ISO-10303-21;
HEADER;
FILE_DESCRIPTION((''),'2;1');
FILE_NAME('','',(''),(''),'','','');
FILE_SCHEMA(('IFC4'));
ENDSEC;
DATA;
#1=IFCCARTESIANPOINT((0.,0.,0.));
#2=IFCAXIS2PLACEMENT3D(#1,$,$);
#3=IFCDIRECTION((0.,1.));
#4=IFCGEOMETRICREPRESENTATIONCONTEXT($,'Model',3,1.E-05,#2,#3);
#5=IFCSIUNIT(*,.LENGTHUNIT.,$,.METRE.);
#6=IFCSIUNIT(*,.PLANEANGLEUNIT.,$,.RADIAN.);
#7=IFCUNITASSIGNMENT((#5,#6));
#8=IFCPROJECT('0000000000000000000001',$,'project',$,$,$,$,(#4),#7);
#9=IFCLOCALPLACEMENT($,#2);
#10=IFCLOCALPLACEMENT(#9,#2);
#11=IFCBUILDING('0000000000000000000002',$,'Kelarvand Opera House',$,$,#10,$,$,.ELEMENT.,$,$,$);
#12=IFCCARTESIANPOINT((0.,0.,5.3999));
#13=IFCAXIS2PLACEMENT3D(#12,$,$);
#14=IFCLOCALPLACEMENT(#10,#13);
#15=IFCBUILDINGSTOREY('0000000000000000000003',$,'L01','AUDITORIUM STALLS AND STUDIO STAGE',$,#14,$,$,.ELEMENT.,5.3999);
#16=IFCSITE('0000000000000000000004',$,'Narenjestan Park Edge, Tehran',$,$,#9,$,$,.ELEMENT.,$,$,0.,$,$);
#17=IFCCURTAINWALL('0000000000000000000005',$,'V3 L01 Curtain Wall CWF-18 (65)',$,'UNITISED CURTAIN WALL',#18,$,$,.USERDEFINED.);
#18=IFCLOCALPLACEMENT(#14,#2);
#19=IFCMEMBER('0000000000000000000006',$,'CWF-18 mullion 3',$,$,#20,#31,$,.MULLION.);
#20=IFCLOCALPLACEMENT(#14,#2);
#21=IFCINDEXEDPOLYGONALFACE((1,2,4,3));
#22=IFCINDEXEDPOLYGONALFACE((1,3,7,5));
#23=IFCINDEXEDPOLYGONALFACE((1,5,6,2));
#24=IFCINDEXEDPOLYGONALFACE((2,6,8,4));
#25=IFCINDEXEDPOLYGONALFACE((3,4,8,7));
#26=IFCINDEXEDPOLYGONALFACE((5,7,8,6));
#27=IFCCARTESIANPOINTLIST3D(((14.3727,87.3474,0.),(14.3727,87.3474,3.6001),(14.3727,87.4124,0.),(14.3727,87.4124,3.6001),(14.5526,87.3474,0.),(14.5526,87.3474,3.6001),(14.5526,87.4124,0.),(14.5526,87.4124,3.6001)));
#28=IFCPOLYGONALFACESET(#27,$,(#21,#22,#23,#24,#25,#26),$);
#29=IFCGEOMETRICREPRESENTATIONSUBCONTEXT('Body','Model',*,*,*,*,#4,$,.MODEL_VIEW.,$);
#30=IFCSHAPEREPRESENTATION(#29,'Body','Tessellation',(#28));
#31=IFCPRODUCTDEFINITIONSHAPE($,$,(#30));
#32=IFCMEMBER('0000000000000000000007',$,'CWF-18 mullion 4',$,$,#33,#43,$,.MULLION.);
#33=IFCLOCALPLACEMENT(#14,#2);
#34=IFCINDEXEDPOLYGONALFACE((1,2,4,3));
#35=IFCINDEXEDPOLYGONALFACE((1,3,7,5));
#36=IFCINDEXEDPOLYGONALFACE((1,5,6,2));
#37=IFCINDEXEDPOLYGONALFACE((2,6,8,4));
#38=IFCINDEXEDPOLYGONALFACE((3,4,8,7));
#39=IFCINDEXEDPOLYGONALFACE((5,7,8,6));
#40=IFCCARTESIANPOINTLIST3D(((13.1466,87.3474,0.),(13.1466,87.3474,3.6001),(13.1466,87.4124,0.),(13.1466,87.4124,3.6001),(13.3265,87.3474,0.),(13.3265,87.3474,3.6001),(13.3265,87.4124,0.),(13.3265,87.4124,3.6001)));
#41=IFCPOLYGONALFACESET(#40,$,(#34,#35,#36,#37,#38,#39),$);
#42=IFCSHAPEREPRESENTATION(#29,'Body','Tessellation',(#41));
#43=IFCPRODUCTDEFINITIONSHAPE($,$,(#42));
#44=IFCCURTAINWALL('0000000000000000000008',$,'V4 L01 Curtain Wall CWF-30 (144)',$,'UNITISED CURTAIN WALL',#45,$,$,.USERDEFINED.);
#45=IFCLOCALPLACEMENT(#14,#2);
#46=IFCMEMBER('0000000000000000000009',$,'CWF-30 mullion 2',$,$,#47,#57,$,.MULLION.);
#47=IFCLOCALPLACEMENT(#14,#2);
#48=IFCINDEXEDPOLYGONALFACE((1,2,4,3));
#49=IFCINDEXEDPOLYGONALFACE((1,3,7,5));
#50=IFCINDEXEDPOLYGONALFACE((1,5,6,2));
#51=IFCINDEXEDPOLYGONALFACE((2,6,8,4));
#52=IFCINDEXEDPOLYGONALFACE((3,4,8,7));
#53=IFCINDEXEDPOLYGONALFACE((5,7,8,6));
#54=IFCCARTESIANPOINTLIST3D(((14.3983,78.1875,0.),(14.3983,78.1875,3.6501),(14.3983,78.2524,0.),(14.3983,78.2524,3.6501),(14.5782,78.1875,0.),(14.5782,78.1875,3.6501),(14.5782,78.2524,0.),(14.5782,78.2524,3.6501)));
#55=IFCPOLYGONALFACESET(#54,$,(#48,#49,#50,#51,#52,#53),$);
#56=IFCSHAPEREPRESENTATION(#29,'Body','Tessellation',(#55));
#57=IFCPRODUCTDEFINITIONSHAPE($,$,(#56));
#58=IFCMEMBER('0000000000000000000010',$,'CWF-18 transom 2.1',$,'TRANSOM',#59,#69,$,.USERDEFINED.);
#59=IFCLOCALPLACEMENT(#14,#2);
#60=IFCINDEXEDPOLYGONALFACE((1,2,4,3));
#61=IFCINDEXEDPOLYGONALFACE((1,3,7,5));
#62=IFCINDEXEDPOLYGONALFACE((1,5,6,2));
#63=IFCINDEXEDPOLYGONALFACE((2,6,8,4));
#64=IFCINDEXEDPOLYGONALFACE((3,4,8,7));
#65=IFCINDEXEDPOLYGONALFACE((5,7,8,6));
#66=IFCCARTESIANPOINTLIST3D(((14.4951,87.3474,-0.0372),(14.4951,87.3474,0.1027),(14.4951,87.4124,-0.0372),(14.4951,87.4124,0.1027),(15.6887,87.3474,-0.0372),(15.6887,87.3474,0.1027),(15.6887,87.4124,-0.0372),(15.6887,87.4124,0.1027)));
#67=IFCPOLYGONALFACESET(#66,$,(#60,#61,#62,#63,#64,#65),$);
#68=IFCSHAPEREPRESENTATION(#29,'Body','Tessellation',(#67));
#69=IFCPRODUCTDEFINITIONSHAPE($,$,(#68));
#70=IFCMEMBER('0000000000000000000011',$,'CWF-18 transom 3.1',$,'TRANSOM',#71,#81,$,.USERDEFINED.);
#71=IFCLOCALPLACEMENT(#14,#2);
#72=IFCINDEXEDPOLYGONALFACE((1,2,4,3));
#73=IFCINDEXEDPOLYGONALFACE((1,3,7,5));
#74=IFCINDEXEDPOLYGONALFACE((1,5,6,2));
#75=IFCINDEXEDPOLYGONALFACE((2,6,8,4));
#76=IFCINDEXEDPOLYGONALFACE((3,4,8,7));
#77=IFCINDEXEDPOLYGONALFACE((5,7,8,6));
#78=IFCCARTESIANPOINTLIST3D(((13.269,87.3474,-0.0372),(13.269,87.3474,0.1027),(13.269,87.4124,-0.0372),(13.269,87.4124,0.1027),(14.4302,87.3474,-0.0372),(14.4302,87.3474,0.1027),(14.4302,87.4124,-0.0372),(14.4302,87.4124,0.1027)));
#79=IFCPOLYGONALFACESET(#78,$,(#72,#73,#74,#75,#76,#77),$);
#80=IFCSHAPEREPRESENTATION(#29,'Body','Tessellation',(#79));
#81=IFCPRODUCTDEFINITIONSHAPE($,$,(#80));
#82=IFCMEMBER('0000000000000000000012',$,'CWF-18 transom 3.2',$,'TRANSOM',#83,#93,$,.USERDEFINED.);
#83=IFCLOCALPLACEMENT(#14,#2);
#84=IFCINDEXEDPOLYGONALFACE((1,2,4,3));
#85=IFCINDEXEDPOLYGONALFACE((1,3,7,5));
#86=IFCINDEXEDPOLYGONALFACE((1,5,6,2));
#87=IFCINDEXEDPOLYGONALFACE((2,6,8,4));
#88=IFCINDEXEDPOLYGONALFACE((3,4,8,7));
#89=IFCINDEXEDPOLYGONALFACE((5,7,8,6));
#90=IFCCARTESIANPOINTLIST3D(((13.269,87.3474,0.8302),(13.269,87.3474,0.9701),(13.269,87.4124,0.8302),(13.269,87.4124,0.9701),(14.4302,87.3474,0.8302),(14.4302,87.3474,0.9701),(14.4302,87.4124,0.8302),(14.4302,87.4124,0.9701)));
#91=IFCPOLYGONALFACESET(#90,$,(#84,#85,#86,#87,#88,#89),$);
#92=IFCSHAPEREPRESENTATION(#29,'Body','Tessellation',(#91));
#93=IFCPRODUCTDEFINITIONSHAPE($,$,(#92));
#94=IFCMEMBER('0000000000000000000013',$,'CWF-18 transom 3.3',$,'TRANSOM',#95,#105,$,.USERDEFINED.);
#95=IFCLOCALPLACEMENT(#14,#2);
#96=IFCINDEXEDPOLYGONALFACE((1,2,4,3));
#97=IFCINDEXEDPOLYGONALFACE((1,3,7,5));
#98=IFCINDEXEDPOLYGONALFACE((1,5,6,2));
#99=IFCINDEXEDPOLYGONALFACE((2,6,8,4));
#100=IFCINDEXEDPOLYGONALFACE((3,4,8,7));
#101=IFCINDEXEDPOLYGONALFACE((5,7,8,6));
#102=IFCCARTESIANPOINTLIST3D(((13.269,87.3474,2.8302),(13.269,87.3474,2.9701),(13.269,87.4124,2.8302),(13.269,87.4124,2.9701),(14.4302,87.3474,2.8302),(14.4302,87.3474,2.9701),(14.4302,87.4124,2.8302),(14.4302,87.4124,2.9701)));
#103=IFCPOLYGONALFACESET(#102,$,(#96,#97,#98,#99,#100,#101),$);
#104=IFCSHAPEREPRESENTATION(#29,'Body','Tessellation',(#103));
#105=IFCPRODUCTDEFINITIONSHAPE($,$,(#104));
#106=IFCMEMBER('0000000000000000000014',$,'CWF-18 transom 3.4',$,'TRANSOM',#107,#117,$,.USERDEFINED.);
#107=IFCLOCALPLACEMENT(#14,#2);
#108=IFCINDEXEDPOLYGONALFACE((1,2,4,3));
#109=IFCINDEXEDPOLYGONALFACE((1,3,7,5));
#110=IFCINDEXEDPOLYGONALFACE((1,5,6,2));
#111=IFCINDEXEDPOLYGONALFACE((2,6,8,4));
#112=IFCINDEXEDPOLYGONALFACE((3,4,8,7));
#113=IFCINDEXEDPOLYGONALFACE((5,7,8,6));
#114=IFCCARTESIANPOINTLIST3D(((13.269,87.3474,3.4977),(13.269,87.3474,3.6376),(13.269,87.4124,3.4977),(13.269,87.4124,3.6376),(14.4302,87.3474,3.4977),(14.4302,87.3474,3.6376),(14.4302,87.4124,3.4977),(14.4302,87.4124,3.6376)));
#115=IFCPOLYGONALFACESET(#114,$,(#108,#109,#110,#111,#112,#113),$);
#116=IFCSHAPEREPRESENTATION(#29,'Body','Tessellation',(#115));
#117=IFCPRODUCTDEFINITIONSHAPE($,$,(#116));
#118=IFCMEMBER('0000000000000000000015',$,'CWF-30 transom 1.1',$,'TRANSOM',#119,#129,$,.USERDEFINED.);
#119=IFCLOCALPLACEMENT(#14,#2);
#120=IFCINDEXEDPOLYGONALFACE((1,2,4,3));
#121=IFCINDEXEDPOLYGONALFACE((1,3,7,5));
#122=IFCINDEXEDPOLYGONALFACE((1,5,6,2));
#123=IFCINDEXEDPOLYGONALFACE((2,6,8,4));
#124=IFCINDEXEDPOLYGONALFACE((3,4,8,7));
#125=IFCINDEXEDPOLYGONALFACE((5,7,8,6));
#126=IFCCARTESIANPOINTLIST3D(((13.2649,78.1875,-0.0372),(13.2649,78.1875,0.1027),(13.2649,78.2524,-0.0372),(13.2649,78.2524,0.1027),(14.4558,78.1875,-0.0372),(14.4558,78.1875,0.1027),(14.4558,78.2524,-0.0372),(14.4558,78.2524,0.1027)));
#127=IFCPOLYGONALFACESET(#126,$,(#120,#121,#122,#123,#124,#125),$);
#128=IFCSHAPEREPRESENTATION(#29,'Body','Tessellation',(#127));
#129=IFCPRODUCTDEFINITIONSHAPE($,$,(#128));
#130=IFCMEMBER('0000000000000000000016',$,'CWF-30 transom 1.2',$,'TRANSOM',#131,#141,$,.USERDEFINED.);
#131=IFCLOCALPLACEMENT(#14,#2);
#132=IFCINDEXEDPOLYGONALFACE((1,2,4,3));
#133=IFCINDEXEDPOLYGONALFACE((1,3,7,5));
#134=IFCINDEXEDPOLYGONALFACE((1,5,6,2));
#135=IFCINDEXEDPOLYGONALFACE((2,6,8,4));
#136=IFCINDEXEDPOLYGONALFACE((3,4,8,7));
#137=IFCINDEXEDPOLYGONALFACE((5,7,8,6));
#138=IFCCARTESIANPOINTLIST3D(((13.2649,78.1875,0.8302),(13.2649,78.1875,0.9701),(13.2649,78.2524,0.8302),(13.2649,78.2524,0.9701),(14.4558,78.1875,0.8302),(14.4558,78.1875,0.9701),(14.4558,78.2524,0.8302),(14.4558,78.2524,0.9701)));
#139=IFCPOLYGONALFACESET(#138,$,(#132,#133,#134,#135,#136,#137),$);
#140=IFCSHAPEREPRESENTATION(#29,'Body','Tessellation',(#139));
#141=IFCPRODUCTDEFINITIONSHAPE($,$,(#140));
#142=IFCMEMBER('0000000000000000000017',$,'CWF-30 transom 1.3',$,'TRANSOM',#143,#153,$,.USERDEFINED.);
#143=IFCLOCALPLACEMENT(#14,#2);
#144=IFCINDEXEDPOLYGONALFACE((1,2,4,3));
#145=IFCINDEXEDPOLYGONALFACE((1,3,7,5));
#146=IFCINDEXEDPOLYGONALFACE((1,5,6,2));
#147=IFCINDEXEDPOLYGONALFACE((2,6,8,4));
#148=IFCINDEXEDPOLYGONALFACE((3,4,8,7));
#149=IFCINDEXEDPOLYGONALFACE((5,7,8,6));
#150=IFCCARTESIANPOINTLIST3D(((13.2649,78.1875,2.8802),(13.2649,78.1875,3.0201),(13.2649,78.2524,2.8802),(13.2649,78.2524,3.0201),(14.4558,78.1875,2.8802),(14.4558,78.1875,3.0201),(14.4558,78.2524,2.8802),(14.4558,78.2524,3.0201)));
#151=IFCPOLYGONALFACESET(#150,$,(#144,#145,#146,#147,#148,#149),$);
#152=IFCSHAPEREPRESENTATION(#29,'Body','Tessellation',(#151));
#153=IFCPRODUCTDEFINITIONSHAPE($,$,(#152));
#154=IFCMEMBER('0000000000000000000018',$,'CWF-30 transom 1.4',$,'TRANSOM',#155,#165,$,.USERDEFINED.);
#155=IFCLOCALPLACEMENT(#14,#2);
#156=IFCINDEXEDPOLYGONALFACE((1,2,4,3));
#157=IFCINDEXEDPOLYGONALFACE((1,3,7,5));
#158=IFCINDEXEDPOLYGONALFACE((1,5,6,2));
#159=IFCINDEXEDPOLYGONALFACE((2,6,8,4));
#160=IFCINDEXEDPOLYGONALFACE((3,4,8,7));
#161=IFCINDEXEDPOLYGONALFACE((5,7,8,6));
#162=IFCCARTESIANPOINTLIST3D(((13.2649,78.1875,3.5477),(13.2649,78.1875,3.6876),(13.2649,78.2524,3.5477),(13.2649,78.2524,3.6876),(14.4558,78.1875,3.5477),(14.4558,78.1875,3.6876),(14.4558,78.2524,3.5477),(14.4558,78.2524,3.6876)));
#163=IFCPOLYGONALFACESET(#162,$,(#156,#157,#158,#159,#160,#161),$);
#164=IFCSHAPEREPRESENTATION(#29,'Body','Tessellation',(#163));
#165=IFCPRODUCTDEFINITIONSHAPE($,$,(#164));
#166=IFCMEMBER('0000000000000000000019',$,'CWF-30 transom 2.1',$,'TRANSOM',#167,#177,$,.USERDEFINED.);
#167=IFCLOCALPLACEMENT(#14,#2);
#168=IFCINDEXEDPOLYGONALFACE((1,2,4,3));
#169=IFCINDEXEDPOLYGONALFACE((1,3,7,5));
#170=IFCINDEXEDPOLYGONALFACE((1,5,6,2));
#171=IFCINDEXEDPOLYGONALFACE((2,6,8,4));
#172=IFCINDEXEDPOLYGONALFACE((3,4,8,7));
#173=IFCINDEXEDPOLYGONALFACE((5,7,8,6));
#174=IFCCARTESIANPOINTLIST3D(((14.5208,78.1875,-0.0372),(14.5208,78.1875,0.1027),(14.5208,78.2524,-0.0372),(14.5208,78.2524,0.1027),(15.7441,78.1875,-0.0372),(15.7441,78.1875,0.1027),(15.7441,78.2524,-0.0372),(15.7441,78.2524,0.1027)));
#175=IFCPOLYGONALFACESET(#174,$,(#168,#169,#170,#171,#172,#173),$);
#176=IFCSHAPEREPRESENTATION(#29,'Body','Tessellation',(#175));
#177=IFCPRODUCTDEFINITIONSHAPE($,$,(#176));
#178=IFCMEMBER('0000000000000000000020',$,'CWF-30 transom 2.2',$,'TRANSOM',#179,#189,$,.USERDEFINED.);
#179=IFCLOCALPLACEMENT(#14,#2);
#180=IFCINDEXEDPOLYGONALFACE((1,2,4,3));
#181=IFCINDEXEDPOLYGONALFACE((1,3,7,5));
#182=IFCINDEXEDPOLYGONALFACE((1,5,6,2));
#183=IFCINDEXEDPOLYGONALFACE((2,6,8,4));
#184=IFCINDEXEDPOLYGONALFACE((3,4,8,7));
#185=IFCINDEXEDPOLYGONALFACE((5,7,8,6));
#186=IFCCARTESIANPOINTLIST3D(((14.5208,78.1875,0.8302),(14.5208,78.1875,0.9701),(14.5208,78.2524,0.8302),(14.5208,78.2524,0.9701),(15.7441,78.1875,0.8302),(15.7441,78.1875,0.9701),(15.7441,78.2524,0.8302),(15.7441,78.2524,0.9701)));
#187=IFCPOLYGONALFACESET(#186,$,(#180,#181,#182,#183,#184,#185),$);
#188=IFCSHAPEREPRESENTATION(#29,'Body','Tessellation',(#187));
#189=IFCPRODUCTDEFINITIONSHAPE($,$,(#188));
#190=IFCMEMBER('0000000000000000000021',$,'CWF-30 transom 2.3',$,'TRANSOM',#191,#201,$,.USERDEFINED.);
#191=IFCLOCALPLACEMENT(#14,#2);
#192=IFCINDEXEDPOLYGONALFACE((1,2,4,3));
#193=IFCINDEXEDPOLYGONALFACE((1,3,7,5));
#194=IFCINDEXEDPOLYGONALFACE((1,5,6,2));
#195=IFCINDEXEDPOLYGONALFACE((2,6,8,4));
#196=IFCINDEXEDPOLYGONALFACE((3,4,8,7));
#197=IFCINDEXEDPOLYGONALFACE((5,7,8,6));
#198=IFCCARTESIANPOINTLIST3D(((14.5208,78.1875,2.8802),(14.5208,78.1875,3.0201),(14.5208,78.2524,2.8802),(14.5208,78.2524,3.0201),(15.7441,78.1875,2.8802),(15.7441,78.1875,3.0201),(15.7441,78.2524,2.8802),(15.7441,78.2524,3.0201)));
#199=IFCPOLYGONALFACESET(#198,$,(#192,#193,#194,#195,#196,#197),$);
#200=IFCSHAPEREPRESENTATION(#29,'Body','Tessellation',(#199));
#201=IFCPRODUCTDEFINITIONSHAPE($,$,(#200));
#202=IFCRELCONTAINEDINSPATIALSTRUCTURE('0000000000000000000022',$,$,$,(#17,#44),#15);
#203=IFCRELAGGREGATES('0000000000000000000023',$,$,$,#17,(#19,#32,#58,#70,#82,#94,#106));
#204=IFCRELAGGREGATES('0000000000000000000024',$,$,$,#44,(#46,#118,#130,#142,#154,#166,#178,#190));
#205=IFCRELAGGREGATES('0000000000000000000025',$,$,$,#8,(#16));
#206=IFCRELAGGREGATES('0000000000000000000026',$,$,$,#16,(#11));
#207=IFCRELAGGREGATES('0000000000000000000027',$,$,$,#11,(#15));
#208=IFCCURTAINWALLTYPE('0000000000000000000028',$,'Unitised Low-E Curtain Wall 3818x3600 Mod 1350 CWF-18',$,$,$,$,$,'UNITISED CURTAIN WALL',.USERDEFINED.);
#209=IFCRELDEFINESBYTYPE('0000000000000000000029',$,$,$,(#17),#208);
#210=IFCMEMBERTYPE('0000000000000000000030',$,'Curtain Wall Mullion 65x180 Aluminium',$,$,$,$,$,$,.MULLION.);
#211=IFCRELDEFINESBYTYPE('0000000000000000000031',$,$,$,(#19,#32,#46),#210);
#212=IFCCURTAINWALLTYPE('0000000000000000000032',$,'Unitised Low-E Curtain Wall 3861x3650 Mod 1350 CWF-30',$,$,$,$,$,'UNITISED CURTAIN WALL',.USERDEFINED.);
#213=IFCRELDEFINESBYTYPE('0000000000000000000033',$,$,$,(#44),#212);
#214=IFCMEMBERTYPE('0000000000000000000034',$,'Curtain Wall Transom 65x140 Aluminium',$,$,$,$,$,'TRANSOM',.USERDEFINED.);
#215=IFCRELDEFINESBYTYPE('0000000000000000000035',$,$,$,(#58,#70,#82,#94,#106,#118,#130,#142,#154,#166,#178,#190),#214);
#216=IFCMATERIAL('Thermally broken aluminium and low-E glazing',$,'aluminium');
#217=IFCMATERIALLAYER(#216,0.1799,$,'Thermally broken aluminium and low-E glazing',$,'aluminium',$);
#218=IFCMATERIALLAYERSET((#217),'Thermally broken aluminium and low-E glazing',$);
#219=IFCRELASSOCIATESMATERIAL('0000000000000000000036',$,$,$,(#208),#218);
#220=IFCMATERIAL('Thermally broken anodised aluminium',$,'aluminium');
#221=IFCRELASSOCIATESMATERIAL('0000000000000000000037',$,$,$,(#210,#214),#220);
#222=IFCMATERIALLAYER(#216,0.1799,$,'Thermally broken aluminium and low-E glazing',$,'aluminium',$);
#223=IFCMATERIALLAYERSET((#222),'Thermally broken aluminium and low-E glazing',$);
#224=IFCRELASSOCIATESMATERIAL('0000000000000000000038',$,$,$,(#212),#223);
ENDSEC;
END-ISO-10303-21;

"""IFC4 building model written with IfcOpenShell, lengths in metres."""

from ifc_helpers import new_model, si_unit, direction, frame, origin, origin_2d, place, context, subcontext, project, spatial, rectangle, extrude, material, layer, layer_set, material_profile, profile_set, type_object, element, aggregate, save


model = new_model("IFC4")

# Units and contexts
model_context = context("Model", 3, precision=1e-05, world=origin(), true_north=direction((0.0, 1.0)))
body_context = subcontext(model_context, "Body", "Model", "MODEL_VIEW")
ifc_project = project(units=[si_unit("LENGTHUNIT", "METRE"), si_unit("PLANEANGLEUNIT", "RADIAN")], contexts=[model_context])

# Site, building, storey
site_placement = place(None, origin())
site = spatial("IfcSite", under=ifc_project, at=site_placement, Name="Narenjestan Park Edge, Tehran", CompositionType="ELEMENT", RefElevation=0.0)
building_placement = place(site_placement, origin())
building = spatial("IfcBuilding", under=site, at=building_placement, Name="Kelarvand Opera House", CompositionType="ELEMENT")
storey_placement = place(building_placement, frame((0.0, 0.0, 5.3999)))
storey = spatial("IfcBuildingStorey", under=building, at=storey_placement, Name="L01", Description="AUDITORIUM STALLS AND STUDIO STAGE", CompositionType="ELEMENT", Elevation=5.3999)

# Curtain wall, members
ifc_material_1 = material(Name="Thermally broken aluminium and low-E glazing", Category="aluminium")
ifc_layer_1 = layer(ifc_material_1, 0.1799, Name="Thermally broken aluminium and low-E glazing", Category="aluminium")
ifc_layer_set_1 = layer_set([ifc_layer_1], Name="Thermally broken aluminium and low-E glazing")
curtain_wall_type_1 = type_object("IfcCurtainWallType", Name="Unitised Low-E Curtain Wall 3818x3600 Mod 1350 CWF-18", ElementType="UNITISED CURTAIN WALL", PredefinedType="USERDEFINED", material=ifc_layer_set_1)
curtain_wall_1_placement = place(storey_placement, origin())
curtain_wall_1 = element("IfcCurtainWall", 1, at=curtain_wall_1_placement, inside=storey, type_object=curtain_wall_type_1, Name="V3 L01 Curtain Wall CWF-18 (65)", ObjectType="UNITISED CURTAIN WALL", PredefinedType="USERDEFINED")
ifc_material_2 = material(Name="Thermally broken anodised aluminium", Category="aluminium")
ifc_material_profile_1 = material_profile(ifc_material_2, rectangle(XDim=0.0649, YDim=0.1799, at=origin_2d()), Name="ALU MULLION 65x180", Category="aluminium")
ifc_profile_set_1 = profile_set([ifc_material_profile_1], Name="Thermally broken anodised aluminium")
member_type_1 = type_object("IfcMemberType", Name="Curtain Wall Mullion 65x180 Aluminium", PredefinedType="MULLION", material=ifc_profile_set_1)
member_1_placement = place(storey_placement, frame((14.4626, 87.3799, 0.0), z_axis=(0.0, 0.0, 1.0), x_axis=(0.0, -1.0, 0.0)))
member_1 = element("IfcMember", 2, at=member_1_placement, type_object=member_type_1, Name="CWF-18 mullion 3", PredefinedType="MULLION", context=body_context, shape_type="SweptSolid", body=[
    extrude(rectangle(XDim=0.0649, YDim=0.1799, at=origin_2d()), origin(), (0.0, 0.0, 1.0), 3.6001),
])
member_2_placement = place(storey_placement, frame((13.2366, 87.3799, 0.0), z_axis=(0.0, 0.0, 1.0), x_axis=(0.0, -1.0, 0.0)))
member_2 = element("IfcMember", 3, at=member_2_placement, type_object=member_type_1, Name="CWF-18 mullion 4", PredefinedType="MULLION", context=body_context, shape_type="SweptSolid", body=[
    extrude(rectangle(XDim=0.0649, YDim=0.1799, at=origin_2d()), origin(), (0.0, 0.0, 1.0), 3.6001),
])

# Curtain wall, member
ifc_layer_2 = layer(ifc_material_1, 0.1799, Name="Thermally broken aluminium and low-E glazing", Category="aluminium")
ifc_layer_set_2 = layer_set([ifc_layer_2], Name="Thermally broken aluminium and low-E glazing")
curtain_wall_type_2 = type_object("IfcCurtainWallType", Name="Unitised Low-E Curtain Wall 3861x3650 Mod 1350 CWF-30", ElementType="UNITISED CURTAIN WALL", PredefinedType="USERDEFINED", material=ifc_layer_set_2)
curtain_wall_2_placement = place(storey_placement, origin())
curtain_wall_2 = element("IfcCurtainWall", 4, at=curtain_wall_2_placement, inside=storey, type_object=curtain_wall_type_2, Name="V4 L01 Curtain Wall CWF-30 (144)", ObjectType="UNITISED CURTAIN WALL", PredefinedType="USERDEFINED")
member_3_placement = place(storey_placement, frame((14.4883, 78.22, 0.0), z_axis=(0.0, 0.0, 1.0), x_axis=(0.0, 1.0, 0.0)))
member_3 = element("IfcMember", 5, at=member_3_placement, type_object=member_type_1, Name="CWF-30 mullion 2", PredefinedType="MULLION", context=body_context, shape_type="SweptSolid", body=[
    extrude(rectangle(XDim=0.0649, YDim=0.1799, at=origin_2d()), origin(), (0.0, 0.0, 1.0), 3.6501),
])

# Members
ifc_material_profile_2 = material_profile(ifc_material_2, rectangle(XDim=0.0649, YDim=0.1399, at=origin_2d()), Name="ALU TRANSOM 65x140", Category="aluminium")
ifc_profile_set_2 = profile_set([ifc_material_profile_2], Name="Thermally broken anodised aluminium")
member_type_2 = type_object("IfcMemberType", Name="Curtain Wall Transom 65x140 Aluminium", ElementType="TRANSOM", PredefinedType="USERDEFINED", material=ifc_profile_set_2)
member_4_placement = place(storey_placement, frame((15.6887, 87.3799, 0.0327), z_axis=(-1.0, 0.0, 0.0), x_axis=(0.0, -1.0, 0.0)))
member_4 = element("IfcMember", 6, at=member_4_placement, type_object=member_type_2, Name="CWF-18 transom 2.1", ObjectType="TRANSOM", PredefinedType="USERDEFINED", context=body_context, shape_type="SweptSolid", body=[
    extrude(rectangle(XDim=0.0649, YDim=0.1399, at=origin_2d()), origin(), (0.0, 0.0, 1.0), 1.1936),
])
member_5_placement = place(storey_placement, frame((14.4302, 87.3799, 0.0327), z_axis=(-1.0, 0.0, 0.0), x_axis=(0.0, -1.0, 0.0)))
member_5 = element("IfcMember", 7, at=member_5_placement, type_object=member_type_2, Name="CWF-18 transom 3.1", ObjectType="TRANSOM", PredefinedType="USERDEFINED", context=body_context, shape_type="SweptSolid", body=[
    extrude(rectangle(XDim=0.0649, YDim=0.1399, at=origin_2d()), origin(), (0.0, 0.0, 1.0), 1.1611),
])
member_6_placement = place(storey_placement, frame((14.4302, 87.3799, 0.9001), z_axis=(-1.0, 0.0, 0.0), x_axis=(0.0, -1.0, 0.0)))
member_6 = element("IfcMember", 8, at=member_6_placement, type_object=member_type_2, Name="CWF-18 transom 3.2", ObjectType="TRANSOM", PredefinedType="USERDEFINED", context=body_context, shape_type="SweptSolid", body=[
    extrude(rectangle(XDim=0.0649, YDim=0.1399, at=origin_2d()), origin(), (0.0, 0.0, 1.0), 1.1611),
])
member_7_placement = place(storey_placement, frame((14.4302, 87.3799, 2.9001), z_axis=(-1.0, 0.0, 0.0), x_axis=(0.0, -1.0, 0.0)))
member_7 = element("IfcMember", 9, at=member_7_placement, type_object=member_type_2, Name="CWF-18 transom 3.3", ObjectType="TRANSOM", PredefinedType="USERDEFINED", context=body_context, shape_type="SweptSolid", body=[
    extrude(rectangle(XDim=0.0649, YDim=0.1399, at=origin_2d()), origin(), (0.0, 0.0, 1.0), 1.1611),
])
member_8_placement = place(storey_placement, frame((14.4302, 87.3799, 3.5676), z_axis=(-1.0, 0.0, 0.0), x_axis=(0.0, -1.0, 0.0)))
member_8 = element("IfcMember", 10, at=member_8_placement, type_object=member_type_2, Name="CWF-18 transom 3.4", ObjectType="TRANSOM", PredefinedType="USERDEFINED", context=body_context, shape_type="SweptSolid", body=[
    extrude(rectangle(XDim=0.0649, YDim=0.1399, at=origin_2d()), origin(), (0.0, 0.0, 1.0), 1.1611),
])
member_9_placement = place(storey_placement, frame((13.2649, 78.22, 0.0327), z_axis=(1.0, 0.0, 0.0), x_axis=(0.0, 1.0, 0.0)))
member_9 = element("IfcMember", 11, at=member_9_placement, type_object=member_type_2, Name="CWF-30 transom 1.1", ObjectType="TRANSOM", PredefinedType="USERDEFINED", context=body_context, shape_type="SweptSolid", body=[
    extrude(rectangle(XDim=0.0649, YDim=0.1399, at=origin_2d()), origin(), (0.0, 0.0, 1.0), 1.1909),
])
member_10_placement = place(storey_placement, frame((13.2649, 78.22, 0.9001), z_axis=(1.0, 0.0, 0.0), x_axis=(0.0, 1.0, 0.0)))
member_10 = element("IfcMember", 12, at=member_10_placement, type_object=member_type_2, Name="CWF-30 transom 1.2", ObjectType="TRANSOM", PredefinedType="USERDEFINED", context=body_context, shape_type="SweptSolid", body=[
    extrude(rectangle(XDim=0.0649, YDim=0.1399, at=origin_2d()), origin(), (0.0, 0.0, 1.0), 1.1909),
])
member_11_placement = place(storey_placement, frame((13.2649, 78.22, 2.9502), z_axis=(1.0, 0.0, 0.0), x_axis=(0.0, 1.0, 0.0)))
member_11 = element("IfcMember", 13, at=member_11_placement, type_object=member_type_2, Name="CWF-30 transom 1.3", ObjectType="TRANSOM", PredefinedType="USERDEFINED", context=body_context, shape_type="SweptSolid", body=[
    extrude(rectangle(XDim=0.0649, YDim=0.1399, at=origin_2d()), origin(), (0.0, 0.0, 1.0), 1.1909),
])
member_12_placement = place(storey_placement, frame((13.2649, 78.22, 3.6177), z_axis=(1.0, 0.0, 0.0), x_axis=(0.0, 1.0, 0.0)))
member_12 = element("IfcMember", 14, at=member_12_placement, type_object=member_type_2, Name="CWF-30 transom 1.4", ObjectType="TRANSOM", PredefinedType="USERDEFINED", context=body_context, shape_type="SweptSolid", body=[
    extrude(rectangle(XDim=0.0649, YDim=0.1399, at=origin_2d()), origin(), (0.0, 0.0, 1.0), 1.1909),
])
member_13_placement = place(storey_placement, frame((14.5208, 78.22, 0.0327), z_axis=(1.0, 0.0, 0.0), x_axis=(0.0, 1.0, 0.0)))
member_13 = element("IfcMember", 15, at=member_13_placement, type_object=member_type_2, Name="CWF-30 transom 2.1", ObjectType="TRANSOM", PredefinedType="USERDEFINED", context=body_context, shape_type="SweptSolid", body=[
    extrude(rectangle(XDim=0.0649, YDim=0.1399, at=origin_2d()), origin(), (0.0, 0.0, 1.0), 1.2234),
])
member_14_placement = place(storey_placement, frame((14.5208, 78.22, 0.9001), z_axis=(1.0, 0.0, 0.0), x_axis=(0.0, 1.0, 0.0)))
member_14 = element("IfcMember", 16, at=member_14_placement, type_object=member_type_2, Name="CWF-30 transom 2.2", ObjectType="TRANSOM", PredefinedType="USERDEFINED", context=body_context, shape_type="SweptSolid", body=[
    extrude(rectangle(XDim=0.0649, YDim=0.1399, at=origin_2d()), origin(), (0.0, 0.0, 1.0), 1.2234),
])
member_15_placement = place(storey_placement, frame((14.5208, 78.22, 2.9502), z_axis=(1.0, 0.0, 0.0), x_axis=(0.0, 1.0, 0.0)))
member_15 = element("IfcMember", 17, at=member_15_placement, type_object=member_type_2, Name="CWF-30 transom 2.3", ObjectType="TRANSOM", PredefinedType="USERDEFINED", context=body_context, shape_type="SweptSolid", body=[
    extrude(rectangle(XDim=0.0649, YDim=0.1399, at=origin_2d()), origin(), (0.0, 0.0, 1.0), 1.2234),
])

aggregate(curtain_wall_1, [member_1, member_2, member_4, member_5, member_6, member_7, member_8])
aggregate(curtain_wall_2, [member_3, member_9, member_10, member_11, member_12, member_13, member_14, member_15])

save(model, "model.ifc")
